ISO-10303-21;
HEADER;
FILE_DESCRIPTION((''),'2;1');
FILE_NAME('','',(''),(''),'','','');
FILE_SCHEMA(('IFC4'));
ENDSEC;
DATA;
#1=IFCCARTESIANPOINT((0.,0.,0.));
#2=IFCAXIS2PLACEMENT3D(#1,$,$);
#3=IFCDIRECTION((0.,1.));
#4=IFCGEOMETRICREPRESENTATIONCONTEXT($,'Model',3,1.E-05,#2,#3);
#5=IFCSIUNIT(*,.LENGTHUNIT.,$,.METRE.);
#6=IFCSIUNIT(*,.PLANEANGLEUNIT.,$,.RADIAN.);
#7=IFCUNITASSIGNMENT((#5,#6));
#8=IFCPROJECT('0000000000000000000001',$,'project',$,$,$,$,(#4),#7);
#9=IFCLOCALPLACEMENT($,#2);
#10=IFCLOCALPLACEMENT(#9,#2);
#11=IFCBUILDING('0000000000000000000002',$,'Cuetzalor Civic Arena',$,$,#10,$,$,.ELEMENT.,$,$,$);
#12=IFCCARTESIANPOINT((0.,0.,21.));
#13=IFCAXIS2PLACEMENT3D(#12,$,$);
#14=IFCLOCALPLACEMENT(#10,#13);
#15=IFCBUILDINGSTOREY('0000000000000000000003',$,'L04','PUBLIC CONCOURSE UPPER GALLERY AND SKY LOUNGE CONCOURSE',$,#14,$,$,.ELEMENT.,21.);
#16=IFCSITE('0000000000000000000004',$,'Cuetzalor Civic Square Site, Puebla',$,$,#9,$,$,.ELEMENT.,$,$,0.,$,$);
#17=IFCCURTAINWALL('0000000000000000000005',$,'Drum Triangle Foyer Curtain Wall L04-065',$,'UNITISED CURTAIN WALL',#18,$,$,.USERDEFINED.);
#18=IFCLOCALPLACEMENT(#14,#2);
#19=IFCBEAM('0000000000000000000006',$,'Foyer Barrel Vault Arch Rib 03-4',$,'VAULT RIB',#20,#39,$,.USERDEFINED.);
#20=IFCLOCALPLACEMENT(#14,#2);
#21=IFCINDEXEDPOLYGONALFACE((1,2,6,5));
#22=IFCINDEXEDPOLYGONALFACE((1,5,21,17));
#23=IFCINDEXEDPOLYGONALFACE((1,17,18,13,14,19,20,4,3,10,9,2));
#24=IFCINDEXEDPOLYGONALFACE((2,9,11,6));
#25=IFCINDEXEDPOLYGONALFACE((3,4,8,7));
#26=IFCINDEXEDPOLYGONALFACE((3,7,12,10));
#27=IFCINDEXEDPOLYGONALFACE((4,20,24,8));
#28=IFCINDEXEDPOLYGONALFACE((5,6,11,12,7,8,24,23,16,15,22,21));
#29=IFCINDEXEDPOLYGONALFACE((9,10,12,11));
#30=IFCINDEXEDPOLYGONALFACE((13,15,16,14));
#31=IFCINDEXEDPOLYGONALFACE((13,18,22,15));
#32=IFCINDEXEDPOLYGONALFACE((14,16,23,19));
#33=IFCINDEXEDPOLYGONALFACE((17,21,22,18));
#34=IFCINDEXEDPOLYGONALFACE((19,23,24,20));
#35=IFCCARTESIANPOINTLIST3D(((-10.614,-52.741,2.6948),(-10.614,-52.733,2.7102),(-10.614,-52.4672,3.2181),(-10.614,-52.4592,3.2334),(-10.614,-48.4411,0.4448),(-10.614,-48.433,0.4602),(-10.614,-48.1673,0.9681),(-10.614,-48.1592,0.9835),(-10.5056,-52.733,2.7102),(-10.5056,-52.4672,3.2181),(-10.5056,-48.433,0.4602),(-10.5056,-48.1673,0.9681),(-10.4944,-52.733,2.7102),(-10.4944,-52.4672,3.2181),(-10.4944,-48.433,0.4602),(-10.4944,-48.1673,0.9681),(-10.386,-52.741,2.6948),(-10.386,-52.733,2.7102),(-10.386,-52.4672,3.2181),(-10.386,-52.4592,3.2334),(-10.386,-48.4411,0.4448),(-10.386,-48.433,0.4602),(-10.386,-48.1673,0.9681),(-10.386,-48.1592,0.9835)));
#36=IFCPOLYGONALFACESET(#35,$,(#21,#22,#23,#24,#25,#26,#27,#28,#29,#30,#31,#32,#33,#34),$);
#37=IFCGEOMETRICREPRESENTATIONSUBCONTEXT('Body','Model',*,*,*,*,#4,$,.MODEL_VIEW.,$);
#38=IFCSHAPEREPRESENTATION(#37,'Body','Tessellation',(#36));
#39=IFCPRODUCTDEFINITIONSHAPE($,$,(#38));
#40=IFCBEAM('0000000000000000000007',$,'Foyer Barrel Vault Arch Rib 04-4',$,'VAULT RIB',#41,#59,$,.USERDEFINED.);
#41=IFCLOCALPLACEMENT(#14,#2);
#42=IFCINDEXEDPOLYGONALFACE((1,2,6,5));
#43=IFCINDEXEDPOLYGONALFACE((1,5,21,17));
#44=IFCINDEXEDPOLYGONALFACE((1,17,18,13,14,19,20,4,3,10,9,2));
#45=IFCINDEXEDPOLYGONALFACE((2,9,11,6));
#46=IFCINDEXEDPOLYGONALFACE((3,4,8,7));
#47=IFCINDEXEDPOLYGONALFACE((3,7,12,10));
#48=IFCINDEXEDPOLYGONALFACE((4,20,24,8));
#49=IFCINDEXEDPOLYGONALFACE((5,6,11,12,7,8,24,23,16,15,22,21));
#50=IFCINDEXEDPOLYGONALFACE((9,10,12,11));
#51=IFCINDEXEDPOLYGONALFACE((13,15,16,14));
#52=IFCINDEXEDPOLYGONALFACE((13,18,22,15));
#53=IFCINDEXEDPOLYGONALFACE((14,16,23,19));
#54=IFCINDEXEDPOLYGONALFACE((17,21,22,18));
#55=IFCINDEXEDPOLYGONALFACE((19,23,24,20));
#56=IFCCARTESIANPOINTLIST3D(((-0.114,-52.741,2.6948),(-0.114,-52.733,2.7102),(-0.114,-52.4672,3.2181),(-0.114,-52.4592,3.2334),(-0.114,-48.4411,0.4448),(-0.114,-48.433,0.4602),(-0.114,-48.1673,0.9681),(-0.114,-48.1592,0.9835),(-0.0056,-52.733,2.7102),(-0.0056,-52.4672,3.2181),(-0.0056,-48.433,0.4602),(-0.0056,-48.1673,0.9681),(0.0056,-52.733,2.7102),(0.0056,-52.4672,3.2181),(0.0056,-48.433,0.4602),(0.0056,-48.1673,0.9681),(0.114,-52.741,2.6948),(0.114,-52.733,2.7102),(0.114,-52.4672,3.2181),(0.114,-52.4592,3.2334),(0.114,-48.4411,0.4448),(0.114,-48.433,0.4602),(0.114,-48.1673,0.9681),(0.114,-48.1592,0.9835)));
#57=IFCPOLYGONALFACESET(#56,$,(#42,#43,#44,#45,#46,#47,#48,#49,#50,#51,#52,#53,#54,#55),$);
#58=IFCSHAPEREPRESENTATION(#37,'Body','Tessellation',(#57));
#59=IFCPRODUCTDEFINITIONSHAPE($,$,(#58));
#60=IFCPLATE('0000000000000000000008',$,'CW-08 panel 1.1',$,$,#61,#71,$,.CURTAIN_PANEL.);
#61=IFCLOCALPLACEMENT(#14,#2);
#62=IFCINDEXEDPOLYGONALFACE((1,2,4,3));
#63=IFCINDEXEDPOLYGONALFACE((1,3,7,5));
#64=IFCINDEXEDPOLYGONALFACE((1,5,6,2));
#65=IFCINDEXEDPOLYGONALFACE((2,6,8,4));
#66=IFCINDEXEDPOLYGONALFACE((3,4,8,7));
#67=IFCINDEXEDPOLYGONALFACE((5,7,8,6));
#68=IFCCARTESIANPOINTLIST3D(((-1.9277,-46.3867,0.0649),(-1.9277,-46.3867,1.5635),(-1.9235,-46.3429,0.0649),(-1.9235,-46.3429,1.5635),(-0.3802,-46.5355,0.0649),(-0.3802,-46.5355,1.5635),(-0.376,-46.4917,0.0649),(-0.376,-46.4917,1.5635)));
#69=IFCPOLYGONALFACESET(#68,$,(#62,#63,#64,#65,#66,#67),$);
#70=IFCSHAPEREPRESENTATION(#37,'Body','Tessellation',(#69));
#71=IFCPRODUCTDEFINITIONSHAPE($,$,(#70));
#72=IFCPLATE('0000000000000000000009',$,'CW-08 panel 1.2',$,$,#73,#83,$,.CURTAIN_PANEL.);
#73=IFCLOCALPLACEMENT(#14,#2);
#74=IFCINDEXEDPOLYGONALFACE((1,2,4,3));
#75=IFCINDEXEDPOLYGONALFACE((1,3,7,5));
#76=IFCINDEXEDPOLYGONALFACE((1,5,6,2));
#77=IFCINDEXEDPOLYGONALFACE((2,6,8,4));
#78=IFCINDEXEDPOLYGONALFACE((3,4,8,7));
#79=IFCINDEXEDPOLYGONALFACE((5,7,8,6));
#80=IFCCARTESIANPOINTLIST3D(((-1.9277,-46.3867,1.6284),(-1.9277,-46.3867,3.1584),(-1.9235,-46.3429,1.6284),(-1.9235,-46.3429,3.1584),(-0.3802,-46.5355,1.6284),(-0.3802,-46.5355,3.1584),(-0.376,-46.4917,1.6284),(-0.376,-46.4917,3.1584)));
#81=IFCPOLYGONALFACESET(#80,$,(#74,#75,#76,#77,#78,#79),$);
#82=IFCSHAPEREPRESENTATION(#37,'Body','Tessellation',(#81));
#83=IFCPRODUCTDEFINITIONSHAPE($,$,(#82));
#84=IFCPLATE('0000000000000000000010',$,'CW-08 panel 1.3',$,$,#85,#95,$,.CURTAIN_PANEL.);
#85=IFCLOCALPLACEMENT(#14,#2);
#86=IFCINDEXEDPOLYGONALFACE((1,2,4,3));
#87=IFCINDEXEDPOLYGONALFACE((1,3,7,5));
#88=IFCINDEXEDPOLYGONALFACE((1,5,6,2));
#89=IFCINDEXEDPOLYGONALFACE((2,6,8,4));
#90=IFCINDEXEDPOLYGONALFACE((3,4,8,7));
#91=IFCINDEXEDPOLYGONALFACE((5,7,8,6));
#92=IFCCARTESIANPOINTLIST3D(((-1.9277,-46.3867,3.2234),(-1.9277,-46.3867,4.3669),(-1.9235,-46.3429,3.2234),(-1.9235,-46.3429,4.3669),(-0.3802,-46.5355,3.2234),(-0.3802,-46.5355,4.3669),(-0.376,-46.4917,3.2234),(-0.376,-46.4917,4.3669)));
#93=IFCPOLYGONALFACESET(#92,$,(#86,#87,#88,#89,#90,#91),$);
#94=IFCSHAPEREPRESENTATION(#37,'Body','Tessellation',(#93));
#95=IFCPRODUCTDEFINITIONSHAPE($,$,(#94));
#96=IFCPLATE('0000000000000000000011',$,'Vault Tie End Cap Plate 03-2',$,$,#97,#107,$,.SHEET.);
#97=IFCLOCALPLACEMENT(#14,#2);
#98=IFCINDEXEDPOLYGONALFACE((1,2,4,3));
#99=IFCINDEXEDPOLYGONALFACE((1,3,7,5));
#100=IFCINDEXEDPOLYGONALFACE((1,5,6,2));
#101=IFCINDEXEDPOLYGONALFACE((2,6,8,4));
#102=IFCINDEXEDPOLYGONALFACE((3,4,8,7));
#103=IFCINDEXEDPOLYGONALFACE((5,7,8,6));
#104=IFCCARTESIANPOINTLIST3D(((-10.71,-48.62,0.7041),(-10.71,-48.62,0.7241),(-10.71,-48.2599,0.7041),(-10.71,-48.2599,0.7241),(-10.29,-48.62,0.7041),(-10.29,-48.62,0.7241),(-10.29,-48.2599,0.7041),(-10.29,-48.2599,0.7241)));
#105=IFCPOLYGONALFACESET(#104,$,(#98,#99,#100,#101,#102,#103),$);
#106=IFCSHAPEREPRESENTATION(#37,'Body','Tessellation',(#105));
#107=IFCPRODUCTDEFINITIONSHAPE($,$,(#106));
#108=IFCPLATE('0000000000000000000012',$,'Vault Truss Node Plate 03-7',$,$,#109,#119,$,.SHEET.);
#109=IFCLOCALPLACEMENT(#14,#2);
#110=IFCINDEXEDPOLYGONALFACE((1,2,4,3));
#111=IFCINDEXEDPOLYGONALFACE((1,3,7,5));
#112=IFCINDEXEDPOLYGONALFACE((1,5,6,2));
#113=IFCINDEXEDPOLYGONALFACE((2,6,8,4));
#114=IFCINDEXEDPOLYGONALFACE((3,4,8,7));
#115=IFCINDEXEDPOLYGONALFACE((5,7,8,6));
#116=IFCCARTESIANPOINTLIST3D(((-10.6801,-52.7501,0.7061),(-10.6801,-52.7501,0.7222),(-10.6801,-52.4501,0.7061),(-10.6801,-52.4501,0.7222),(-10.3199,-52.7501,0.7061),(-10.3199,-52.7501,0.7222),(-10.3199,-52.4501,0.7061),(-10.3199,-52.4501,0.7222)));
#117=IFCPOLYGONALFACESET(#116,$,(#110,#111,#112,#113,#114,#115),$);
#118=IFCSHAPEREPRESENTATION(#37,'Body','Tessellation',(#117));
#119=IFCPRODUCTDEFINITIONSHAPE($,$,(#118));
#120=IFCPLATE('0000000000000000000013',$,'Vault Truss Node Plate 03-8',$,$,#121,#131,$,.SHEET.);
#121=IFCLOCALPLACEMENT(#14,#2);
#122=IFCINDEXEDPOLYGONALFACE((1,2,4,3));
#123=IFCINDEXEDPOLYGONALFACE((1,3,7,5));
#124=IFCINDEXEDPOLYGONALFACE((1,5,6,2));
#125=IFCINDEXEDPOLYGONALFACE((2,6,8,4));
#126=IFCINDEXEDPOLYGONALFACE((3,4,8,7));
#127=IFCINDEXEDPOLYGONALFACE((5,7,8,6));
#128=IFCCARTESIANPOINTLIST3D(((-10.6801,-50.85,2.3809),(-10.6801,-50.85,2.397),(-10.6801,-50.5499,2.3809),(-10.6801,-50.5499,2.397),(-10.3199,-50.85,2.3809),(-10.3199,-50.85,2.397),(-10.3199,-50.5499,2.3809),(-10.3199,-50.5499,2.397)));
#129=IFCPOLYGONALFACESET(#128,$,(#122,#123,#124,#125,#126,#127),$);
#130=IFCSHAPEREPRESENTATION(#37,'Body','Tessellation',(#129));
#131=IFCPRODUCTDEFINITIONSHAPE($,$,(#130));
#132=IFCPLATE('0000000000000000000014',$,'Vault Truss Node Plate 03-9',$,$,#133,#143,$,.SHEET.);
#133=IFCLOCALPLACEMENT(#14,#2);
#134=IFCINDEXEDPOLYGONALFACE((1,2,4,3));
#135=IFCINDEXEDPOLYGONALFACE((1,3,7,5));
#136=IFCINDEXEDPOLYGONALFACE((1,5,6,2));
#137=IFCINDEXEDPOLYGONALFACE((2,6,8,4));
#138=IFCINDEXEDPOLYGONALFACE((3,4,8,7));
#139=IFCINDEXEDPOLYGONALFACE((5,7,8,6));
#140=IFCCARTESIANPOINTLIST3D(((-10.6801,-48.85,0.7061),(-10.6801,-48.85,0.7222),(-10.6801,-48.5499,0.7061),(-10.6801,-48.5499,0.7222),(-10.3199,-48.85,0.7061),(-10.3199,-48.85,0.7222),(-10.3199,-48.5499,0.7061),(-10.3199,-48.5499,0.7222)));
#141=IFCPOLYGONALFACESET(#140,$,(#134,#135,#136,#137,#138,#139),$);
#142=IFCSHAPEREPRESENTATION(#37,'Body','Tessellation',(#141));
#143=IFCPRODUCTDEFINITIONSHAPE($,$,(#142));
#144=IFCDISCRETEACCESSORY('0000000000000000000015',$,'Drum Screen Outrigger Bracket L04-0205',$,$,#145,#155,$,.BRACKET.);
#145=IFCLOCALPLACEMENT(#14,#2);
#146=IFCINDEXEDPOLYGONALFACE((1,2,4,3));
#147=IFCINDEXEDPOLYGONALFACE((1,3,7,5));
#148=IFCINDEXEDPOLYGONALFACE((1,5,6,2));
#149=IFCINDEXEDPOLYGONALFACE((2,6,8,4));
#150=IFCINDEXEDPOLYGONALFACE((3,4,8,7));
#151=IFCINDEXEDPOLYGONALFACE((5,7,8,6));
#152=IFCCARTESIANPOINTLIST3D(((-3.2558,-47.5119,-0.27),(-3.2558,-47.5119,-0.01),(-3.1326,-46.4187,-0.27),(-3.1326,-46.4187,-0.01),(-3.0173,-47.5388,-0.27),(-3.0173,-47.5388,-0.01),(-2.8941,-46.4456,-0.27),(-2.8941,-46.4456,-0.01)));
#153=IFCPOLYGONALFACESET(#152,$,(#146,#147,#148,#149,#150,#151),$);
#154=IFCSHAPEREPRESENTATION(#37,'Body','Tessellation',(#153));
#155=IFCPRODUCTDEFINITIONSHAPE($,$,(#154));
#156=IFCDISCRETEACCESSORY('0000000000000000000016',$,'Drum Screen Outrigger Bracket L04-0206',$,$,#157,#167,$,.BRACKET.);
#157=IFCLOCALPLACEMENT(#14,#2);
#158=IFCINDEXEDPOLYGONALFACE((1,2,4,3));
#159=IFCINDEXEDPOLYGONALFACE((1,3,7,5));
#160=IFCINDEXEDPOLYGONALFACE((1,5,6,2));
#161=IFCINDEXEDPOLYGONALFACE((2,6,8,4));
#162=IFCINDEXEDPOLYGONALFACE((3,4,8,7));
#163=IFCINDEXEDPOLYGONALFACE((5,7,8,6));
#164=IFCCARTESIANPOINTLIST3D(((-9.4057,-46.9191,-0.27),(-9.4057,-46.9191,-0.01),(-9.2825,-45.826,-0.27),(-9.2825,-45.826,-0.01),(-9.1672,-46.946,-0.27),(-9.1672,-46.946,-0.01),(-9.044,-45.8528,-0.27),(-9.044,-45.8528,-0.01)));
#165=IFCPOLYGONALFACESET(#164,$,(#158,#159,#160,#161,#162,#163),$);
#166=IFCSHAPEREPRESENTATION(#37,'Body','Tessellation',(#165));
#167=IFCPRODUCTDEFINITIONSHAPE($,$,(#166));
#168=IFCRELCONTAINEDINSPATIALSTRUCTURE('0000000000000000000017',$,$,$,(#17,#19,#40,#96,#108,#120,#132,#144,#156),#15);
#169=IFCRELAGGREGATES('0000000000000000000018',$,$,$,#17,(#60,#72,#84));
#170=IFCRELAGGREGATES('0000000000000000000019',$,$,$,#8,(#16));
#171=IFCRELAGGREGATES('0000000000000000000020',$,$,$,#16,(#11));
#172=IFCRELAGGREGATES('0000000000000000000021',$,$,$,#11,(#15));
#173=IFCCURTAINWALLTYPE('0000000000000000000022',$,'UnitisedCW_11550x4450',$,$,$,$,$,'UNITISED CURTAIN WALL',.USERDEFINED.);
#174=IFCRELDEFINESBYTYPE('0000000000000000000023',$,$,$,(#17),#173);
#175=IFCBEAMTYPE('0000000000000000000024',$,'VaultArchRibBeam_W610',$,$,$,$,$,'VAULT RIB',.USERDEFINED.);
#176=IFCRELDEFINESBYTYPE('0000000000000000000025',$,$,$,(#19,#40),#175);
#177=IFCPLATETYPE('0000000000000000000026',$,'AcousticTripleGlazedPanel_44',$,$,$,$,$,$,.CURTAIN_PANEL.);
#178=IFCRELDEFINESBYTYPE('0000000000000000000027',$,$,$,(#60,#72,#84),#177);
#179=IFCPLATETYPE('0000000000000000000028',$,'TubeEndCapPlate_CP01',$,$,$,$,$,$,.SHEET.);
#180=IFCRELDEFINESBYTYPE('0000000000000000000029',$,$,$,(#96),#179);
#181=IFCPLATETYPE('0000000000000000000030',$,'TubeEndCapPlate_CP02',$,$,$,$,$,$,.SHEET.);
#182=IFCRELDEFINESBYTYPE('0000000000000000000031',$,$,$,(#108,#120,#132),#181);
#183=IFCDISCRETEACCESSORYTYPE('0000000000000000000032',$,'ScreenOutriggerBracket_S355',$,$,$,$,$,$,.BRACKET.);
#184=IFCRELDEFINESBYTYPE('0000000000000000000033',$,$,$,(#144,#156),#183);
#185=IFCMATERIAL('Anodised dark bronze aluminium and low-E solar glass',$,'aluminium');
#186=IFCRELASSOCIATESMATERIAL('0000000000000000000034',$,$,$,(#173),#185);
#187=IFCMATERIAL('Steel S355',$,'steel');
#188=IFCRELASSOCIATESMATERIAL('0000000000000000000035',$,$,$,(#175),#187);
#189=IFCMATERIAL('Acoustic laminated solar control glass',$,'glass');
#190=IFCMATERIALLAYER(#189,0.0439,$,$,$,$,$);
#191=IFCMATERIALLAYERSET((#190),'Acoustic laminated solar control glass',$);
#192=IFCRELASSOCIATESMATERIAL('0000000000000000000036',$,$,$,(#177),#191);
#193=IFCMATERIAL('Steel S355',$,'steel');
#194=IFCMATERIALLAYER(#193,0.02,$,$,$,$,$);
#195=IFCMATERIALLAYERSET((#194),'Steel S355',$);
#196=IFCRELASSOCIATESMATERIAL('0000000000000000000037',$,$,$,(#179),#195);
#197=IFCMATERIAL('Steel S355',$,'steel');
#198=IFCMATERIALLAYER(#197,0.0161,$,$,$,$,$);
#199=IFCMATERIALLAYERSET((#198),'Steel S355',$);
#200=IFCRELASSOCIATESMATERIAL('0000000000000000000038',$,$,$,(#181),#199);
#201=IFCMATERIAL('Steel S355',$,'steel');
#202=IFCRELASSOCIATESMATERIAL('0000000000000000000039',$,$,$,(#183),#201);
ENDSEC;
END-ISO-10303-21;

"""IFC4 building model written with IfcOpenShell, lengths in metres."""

from ifc_helpers import new_model, si_unit, direction, frame, origin, origin_2d, place, context, subcontext, project, spatial, rectangle, i_section, extrude, material, layer, layer_set, material_profile, profile_set, type_object, element, aggregate, save


model = new_model("IFC4")

# Units and contexts
model_context = context("Model", 3, precision=1e-05, world=origin(), true_north=direction((0.0, 1.0)))
body_context = subcontext(model_context, "Body", "Model", "MODEL_VIEW")
ifc_project = project(units=[si_unit("LENGTHUNIT", "METRE"), si_unit("PLANEANGLEUNIT", "RADIAN")], contexts=[model_context])

# Site, building, storey
site_placement = place(None, origin())
site = spatial("IfcSite", under=ifc_project, at=site_placement, Name="Cuetzalor Civic Square Site, Puebla", CompositionType="ELEMENT", RefElevation=0.0)
building_placement = place(site_placement, origin())
building = spatial("IfcBuilding", under=site, at=building_placement, Name="Cuetzalor Civic Arena", CompositionType="ELEMENT")
storey_placement = place(building_placement, frame((0.0, 0.0, 21.0)))
storey = spatial("IfcBuildingStorey", under=building, at=storey_placement, Name="L04", Description="PUBLIC CONCOURSE UPPER GALLERY AND SKY LOUNGE CONCOURSE", CompositionType="ELEMENT", Elevation=21.0)

# Curtain wall
ifc_material_1 = material(Name="Anodised dark bronze aluminium and low-E solar glass", Category="aluminium")
curtain_wall_type = type_object("IfcCurtainWallType", Name="UnitisedCW_11550x4450", ElementType="UNITISED CURTAIN WALL", PredefinedType="USERDEFINED", material=ifc_material_1)
curtain_wall_placement = place(storey_placement, origin())
curtain_wall = element("IfcCurtainWall", 1, at=curtain_wall_placement, inside=storey, type_object=curtain_wall_type, Name="Drum Triangle Foyer Curtain Wall L04-065", ObjectType="UNITISED CURTAIN WALL", PredefinedType="USERDEFINED")

# Beams
ifc_material_2 = material(Name="Steel S355", Category="steel")
ifc_material_profile_1 = material_profile(ifc_material_2, i_section(OverallWidth=0.228, OverallDepth=0.6079, WebThickness=0.0112, FlangeThickness=0.0173, at=origin_2d()), Name="W610x113")
ifc_profile_set_1 = profile_set([ifc_material_profile_1], Name="Steel S355")
beam_type_1 = type_object("IfcBeamType", Name="VaultArchRibBeam_W610", ElementType="VAULT RIB", PredefinedType="USERDEFINED", material=ifc_profile_set_1)
for number, where, z_axis, x_axis, name in (
    (2, (-10.5, -52.6001, 2.9641), (0.0, 0.886035, -0.463618), (-1.0, 0.0, 0.0), "Foyer Barrel Vault Arch Rib 03-4"),
    (3, (0.0, -52.6001, 2.9641), (0.0, 0.886035, -0.463618), (-1.0, 0.0, 0.0), "Foyer Barrel Vault Arch Rib 04-4"),
):
    element("IfcBeam", number, at=place(storey_placement, frame(where, z_axis=z_axis, x_axis=x_axis)), inside=storey, type_object=beam_type_1, Name=name, ObjectType="VAULT RIB", PredefinedType="USERDEFINED", context=body_context, shape_type="SweptSolid", body=[
        extrude(i_section(OverallWidth=0.228, OverallDepth=0.6079, WebThickness=0.0112, FlangeThickness=0.0173, at=origin_2d()), origin(), (0.0, 0.0, 1.0), 4.853),
    ])

# Plates
ifc_material_3 = material(Name="Acoustic laminated solar control glass", Category="glass")
ifc_layer_1 = layer(ifc_material_3, 0.0439)
ifc_layer_set_1 = layer_set([ifc_layer_1], Name="Acoustic laminated solar control glass")
plate_type_1 = type_object("IfcPlateType", Name="AcousticTripleGlazedPanel_44", PredefinedType="CURTAIN_PANEL", material=ifc_layer_set_1)
plate_1_placement = place(storey_placement, frame((-1.1519, -46.4392, 0.0649), z_axis=(0.0, 0.0, 1.0), x_axis=(-0.995409, 0.095711, 0.0)))
plate_1 = element("IfcPlate", 4, at=plate_1_placement, type_object=plate_type_1, Name="CW-08 panel 1.1", PredefinedType="CURTAIN_PANEL", context=body_context, shape_type="SweptSolid", body=[
    extrude(rectangle(XDim=1.5547, YDim=0.0439, at=origin_2d()), origin(), (0.0, 0.0, 1.0), 1.4985),
])
plate_2_placement = place(storey_placement, frame((-1.1519, -46.4392, 1.6284), z_axis=(0.0, 0.0, 1.0), x_axis=(-0.995409, 0.095711, 0.0)))
plate_2 = element("IfcPlate", 5, at=plate_2_placement, type_object=plate_type_1, Name="CW-08 panel 1.2", PredefinedType="CURTAIN_PANEL", context=body_context, shape_type="SweptSolid", body=[
    extrude(rectangle(XDim=1.5547, YDim=0.0439, at=origin_2d()), origin(), (0.0, 0.0, 1.0), 1.53),
])
plate_3_placement = place(storey_placement, frame((-1.1519, -46.4392, 3.2234), z_axis=(0.0, 0.0, 1.0), x_axis=(-0.995409, 0.095711, 0.0)))
plate_3 = element("IfcPlate", 6, at=plate_3_placement, type_object=plate_type_1, Name="CW-08 panel 1.3", PredefinedType="CURTAIN_PANEL", context=body_context, shape_type="SweptSolid", body=[
    extrude(rectangle(XDim=1.5547, YDim=0.0439, at=origin_2d()), origin(), (0.0, 0.0, 1.0), 1.1436),
])
aggregate(curtain_wall, [plate_1, plate_2, plate_3])

# Plates
ifc_material_4 = material(Name="Steel S355", Category="steel")
ifc_layer_2 = layer(ifc_material_4, 0.02)
ifc_layer_set_2 = layer_set([ifc_layer_2], Name="Steel S355")
plate_type_2 = type_object("IfcPlateType", Name="TubeEndCapPlate_CP01", PredefinedType="SHEET", material=ifc_layer_set_2)
plate_4_placement = place(storey_placement, frame((-10.5, -48.4399, 0.7041), z_axis=(0.0, 0.0, 1.0), x_axis=(1.0, 0.0, 0.0)))
element("IfcPlate", 7, at=plate_4_placement, inside=storey, type_object=plate_type_2, Name="Vault Tie End Cap Plate 03-2", PredefinedType="SHEET", context=body_context, shape_type="SweptSolid", body=[
    extrude(rectangle(XDim=0.4199, YDim=0.3601, at=origin_2d()), origin(), (0.0, 0.0, 1.0), 0.02),
])
ifc_material_5 = material(Name="Steel S355", Category="steel")
ifc_layer_3 = layer(ifc_material_5, 0.0161)
ifc_layer_set_3 = layer_set([ifc_layer_3], Name="Steel S355")
plate_type_3 = type_object("IfcPlateType", Name="TubeEndCapPlate_CP02", PredefinedType="SHEET", material=ifc_layer_set_3)
for number, where, z_axis, x_axis, name in (
    (8, (-10.5, -52.6001, 0.7061), (0.0, 0.0, 1.0), (1.0, 0.0, 0.0), "Vault Truss Node Plate 03-7"),
    (9, (-10.5, -50.7, 2.3809), (0.0, 0.0, 1.0), (1.0, 0.0, 0.0), "Vault Truss Node Plate 03-8"),
    (10, (-10.5, -48.7, 0.7061), (0.0, 0.0, 1.0), (1.0, 0.0, 0.0), "Vault Truss Node Plate 03-9"),
):
    element("IfcPlate", number, at=place(storey_placement, frame(where, z_axis=z_axis, x_axis=x_axis)), inside=storey, type_object=plate_type_3, Name=name, PredefinedType="SHEET", context=body_context, shape_type="SweptSolid", body=[
        extrude(rectangle(XDim=0.3601, YDim=0.3, at=origin_2d()), origin(), (0.0, 0.0, 1.0), 0.0161),
    ])

# Discrete accessories
ifc_material_6 = material(Name="Steel S355", Category="steel")
discrete_accessory_type = type_object("IfcDiscreteAccessoryType", Name="ScreenOutriggerBracket_S355", PredefinedType="BRACKET", material=ifc_material_6)
for number, where, z_axis, x_axis, name in (
    (11, (-3.075, -46.9788, -0.27), (0.0, 0.0, 1.0), (-0.111989, -0.993709, 0.0), "Drum Screen Outrigger Bracket L04-0205"),
    (12, (-9.2249, -46.386, -0.27), (0.0, 0.0, 1.0), (-0.111989, -0.993709, 0.0), "Drum Screen Outrigger Bracket L04-0206"),
):
    element("IfcDiscreteAccessory", number, at=place(storey_placement, frame(where, z_axis=z_axis, x_axis=x_axis)), inside=storey, type_object=discrete_accessory_type, Name=name, PredefinedType="BRACKET", context=body_context, shape_type="SweptSolid", body=[
        extrude(rectangle(XDim=1.1001, YDim=0.24, at=origin_2d()), origin(), (0.0, 0.0, 1.0), 0.26),
    ])

save(model, "model.ifc")
